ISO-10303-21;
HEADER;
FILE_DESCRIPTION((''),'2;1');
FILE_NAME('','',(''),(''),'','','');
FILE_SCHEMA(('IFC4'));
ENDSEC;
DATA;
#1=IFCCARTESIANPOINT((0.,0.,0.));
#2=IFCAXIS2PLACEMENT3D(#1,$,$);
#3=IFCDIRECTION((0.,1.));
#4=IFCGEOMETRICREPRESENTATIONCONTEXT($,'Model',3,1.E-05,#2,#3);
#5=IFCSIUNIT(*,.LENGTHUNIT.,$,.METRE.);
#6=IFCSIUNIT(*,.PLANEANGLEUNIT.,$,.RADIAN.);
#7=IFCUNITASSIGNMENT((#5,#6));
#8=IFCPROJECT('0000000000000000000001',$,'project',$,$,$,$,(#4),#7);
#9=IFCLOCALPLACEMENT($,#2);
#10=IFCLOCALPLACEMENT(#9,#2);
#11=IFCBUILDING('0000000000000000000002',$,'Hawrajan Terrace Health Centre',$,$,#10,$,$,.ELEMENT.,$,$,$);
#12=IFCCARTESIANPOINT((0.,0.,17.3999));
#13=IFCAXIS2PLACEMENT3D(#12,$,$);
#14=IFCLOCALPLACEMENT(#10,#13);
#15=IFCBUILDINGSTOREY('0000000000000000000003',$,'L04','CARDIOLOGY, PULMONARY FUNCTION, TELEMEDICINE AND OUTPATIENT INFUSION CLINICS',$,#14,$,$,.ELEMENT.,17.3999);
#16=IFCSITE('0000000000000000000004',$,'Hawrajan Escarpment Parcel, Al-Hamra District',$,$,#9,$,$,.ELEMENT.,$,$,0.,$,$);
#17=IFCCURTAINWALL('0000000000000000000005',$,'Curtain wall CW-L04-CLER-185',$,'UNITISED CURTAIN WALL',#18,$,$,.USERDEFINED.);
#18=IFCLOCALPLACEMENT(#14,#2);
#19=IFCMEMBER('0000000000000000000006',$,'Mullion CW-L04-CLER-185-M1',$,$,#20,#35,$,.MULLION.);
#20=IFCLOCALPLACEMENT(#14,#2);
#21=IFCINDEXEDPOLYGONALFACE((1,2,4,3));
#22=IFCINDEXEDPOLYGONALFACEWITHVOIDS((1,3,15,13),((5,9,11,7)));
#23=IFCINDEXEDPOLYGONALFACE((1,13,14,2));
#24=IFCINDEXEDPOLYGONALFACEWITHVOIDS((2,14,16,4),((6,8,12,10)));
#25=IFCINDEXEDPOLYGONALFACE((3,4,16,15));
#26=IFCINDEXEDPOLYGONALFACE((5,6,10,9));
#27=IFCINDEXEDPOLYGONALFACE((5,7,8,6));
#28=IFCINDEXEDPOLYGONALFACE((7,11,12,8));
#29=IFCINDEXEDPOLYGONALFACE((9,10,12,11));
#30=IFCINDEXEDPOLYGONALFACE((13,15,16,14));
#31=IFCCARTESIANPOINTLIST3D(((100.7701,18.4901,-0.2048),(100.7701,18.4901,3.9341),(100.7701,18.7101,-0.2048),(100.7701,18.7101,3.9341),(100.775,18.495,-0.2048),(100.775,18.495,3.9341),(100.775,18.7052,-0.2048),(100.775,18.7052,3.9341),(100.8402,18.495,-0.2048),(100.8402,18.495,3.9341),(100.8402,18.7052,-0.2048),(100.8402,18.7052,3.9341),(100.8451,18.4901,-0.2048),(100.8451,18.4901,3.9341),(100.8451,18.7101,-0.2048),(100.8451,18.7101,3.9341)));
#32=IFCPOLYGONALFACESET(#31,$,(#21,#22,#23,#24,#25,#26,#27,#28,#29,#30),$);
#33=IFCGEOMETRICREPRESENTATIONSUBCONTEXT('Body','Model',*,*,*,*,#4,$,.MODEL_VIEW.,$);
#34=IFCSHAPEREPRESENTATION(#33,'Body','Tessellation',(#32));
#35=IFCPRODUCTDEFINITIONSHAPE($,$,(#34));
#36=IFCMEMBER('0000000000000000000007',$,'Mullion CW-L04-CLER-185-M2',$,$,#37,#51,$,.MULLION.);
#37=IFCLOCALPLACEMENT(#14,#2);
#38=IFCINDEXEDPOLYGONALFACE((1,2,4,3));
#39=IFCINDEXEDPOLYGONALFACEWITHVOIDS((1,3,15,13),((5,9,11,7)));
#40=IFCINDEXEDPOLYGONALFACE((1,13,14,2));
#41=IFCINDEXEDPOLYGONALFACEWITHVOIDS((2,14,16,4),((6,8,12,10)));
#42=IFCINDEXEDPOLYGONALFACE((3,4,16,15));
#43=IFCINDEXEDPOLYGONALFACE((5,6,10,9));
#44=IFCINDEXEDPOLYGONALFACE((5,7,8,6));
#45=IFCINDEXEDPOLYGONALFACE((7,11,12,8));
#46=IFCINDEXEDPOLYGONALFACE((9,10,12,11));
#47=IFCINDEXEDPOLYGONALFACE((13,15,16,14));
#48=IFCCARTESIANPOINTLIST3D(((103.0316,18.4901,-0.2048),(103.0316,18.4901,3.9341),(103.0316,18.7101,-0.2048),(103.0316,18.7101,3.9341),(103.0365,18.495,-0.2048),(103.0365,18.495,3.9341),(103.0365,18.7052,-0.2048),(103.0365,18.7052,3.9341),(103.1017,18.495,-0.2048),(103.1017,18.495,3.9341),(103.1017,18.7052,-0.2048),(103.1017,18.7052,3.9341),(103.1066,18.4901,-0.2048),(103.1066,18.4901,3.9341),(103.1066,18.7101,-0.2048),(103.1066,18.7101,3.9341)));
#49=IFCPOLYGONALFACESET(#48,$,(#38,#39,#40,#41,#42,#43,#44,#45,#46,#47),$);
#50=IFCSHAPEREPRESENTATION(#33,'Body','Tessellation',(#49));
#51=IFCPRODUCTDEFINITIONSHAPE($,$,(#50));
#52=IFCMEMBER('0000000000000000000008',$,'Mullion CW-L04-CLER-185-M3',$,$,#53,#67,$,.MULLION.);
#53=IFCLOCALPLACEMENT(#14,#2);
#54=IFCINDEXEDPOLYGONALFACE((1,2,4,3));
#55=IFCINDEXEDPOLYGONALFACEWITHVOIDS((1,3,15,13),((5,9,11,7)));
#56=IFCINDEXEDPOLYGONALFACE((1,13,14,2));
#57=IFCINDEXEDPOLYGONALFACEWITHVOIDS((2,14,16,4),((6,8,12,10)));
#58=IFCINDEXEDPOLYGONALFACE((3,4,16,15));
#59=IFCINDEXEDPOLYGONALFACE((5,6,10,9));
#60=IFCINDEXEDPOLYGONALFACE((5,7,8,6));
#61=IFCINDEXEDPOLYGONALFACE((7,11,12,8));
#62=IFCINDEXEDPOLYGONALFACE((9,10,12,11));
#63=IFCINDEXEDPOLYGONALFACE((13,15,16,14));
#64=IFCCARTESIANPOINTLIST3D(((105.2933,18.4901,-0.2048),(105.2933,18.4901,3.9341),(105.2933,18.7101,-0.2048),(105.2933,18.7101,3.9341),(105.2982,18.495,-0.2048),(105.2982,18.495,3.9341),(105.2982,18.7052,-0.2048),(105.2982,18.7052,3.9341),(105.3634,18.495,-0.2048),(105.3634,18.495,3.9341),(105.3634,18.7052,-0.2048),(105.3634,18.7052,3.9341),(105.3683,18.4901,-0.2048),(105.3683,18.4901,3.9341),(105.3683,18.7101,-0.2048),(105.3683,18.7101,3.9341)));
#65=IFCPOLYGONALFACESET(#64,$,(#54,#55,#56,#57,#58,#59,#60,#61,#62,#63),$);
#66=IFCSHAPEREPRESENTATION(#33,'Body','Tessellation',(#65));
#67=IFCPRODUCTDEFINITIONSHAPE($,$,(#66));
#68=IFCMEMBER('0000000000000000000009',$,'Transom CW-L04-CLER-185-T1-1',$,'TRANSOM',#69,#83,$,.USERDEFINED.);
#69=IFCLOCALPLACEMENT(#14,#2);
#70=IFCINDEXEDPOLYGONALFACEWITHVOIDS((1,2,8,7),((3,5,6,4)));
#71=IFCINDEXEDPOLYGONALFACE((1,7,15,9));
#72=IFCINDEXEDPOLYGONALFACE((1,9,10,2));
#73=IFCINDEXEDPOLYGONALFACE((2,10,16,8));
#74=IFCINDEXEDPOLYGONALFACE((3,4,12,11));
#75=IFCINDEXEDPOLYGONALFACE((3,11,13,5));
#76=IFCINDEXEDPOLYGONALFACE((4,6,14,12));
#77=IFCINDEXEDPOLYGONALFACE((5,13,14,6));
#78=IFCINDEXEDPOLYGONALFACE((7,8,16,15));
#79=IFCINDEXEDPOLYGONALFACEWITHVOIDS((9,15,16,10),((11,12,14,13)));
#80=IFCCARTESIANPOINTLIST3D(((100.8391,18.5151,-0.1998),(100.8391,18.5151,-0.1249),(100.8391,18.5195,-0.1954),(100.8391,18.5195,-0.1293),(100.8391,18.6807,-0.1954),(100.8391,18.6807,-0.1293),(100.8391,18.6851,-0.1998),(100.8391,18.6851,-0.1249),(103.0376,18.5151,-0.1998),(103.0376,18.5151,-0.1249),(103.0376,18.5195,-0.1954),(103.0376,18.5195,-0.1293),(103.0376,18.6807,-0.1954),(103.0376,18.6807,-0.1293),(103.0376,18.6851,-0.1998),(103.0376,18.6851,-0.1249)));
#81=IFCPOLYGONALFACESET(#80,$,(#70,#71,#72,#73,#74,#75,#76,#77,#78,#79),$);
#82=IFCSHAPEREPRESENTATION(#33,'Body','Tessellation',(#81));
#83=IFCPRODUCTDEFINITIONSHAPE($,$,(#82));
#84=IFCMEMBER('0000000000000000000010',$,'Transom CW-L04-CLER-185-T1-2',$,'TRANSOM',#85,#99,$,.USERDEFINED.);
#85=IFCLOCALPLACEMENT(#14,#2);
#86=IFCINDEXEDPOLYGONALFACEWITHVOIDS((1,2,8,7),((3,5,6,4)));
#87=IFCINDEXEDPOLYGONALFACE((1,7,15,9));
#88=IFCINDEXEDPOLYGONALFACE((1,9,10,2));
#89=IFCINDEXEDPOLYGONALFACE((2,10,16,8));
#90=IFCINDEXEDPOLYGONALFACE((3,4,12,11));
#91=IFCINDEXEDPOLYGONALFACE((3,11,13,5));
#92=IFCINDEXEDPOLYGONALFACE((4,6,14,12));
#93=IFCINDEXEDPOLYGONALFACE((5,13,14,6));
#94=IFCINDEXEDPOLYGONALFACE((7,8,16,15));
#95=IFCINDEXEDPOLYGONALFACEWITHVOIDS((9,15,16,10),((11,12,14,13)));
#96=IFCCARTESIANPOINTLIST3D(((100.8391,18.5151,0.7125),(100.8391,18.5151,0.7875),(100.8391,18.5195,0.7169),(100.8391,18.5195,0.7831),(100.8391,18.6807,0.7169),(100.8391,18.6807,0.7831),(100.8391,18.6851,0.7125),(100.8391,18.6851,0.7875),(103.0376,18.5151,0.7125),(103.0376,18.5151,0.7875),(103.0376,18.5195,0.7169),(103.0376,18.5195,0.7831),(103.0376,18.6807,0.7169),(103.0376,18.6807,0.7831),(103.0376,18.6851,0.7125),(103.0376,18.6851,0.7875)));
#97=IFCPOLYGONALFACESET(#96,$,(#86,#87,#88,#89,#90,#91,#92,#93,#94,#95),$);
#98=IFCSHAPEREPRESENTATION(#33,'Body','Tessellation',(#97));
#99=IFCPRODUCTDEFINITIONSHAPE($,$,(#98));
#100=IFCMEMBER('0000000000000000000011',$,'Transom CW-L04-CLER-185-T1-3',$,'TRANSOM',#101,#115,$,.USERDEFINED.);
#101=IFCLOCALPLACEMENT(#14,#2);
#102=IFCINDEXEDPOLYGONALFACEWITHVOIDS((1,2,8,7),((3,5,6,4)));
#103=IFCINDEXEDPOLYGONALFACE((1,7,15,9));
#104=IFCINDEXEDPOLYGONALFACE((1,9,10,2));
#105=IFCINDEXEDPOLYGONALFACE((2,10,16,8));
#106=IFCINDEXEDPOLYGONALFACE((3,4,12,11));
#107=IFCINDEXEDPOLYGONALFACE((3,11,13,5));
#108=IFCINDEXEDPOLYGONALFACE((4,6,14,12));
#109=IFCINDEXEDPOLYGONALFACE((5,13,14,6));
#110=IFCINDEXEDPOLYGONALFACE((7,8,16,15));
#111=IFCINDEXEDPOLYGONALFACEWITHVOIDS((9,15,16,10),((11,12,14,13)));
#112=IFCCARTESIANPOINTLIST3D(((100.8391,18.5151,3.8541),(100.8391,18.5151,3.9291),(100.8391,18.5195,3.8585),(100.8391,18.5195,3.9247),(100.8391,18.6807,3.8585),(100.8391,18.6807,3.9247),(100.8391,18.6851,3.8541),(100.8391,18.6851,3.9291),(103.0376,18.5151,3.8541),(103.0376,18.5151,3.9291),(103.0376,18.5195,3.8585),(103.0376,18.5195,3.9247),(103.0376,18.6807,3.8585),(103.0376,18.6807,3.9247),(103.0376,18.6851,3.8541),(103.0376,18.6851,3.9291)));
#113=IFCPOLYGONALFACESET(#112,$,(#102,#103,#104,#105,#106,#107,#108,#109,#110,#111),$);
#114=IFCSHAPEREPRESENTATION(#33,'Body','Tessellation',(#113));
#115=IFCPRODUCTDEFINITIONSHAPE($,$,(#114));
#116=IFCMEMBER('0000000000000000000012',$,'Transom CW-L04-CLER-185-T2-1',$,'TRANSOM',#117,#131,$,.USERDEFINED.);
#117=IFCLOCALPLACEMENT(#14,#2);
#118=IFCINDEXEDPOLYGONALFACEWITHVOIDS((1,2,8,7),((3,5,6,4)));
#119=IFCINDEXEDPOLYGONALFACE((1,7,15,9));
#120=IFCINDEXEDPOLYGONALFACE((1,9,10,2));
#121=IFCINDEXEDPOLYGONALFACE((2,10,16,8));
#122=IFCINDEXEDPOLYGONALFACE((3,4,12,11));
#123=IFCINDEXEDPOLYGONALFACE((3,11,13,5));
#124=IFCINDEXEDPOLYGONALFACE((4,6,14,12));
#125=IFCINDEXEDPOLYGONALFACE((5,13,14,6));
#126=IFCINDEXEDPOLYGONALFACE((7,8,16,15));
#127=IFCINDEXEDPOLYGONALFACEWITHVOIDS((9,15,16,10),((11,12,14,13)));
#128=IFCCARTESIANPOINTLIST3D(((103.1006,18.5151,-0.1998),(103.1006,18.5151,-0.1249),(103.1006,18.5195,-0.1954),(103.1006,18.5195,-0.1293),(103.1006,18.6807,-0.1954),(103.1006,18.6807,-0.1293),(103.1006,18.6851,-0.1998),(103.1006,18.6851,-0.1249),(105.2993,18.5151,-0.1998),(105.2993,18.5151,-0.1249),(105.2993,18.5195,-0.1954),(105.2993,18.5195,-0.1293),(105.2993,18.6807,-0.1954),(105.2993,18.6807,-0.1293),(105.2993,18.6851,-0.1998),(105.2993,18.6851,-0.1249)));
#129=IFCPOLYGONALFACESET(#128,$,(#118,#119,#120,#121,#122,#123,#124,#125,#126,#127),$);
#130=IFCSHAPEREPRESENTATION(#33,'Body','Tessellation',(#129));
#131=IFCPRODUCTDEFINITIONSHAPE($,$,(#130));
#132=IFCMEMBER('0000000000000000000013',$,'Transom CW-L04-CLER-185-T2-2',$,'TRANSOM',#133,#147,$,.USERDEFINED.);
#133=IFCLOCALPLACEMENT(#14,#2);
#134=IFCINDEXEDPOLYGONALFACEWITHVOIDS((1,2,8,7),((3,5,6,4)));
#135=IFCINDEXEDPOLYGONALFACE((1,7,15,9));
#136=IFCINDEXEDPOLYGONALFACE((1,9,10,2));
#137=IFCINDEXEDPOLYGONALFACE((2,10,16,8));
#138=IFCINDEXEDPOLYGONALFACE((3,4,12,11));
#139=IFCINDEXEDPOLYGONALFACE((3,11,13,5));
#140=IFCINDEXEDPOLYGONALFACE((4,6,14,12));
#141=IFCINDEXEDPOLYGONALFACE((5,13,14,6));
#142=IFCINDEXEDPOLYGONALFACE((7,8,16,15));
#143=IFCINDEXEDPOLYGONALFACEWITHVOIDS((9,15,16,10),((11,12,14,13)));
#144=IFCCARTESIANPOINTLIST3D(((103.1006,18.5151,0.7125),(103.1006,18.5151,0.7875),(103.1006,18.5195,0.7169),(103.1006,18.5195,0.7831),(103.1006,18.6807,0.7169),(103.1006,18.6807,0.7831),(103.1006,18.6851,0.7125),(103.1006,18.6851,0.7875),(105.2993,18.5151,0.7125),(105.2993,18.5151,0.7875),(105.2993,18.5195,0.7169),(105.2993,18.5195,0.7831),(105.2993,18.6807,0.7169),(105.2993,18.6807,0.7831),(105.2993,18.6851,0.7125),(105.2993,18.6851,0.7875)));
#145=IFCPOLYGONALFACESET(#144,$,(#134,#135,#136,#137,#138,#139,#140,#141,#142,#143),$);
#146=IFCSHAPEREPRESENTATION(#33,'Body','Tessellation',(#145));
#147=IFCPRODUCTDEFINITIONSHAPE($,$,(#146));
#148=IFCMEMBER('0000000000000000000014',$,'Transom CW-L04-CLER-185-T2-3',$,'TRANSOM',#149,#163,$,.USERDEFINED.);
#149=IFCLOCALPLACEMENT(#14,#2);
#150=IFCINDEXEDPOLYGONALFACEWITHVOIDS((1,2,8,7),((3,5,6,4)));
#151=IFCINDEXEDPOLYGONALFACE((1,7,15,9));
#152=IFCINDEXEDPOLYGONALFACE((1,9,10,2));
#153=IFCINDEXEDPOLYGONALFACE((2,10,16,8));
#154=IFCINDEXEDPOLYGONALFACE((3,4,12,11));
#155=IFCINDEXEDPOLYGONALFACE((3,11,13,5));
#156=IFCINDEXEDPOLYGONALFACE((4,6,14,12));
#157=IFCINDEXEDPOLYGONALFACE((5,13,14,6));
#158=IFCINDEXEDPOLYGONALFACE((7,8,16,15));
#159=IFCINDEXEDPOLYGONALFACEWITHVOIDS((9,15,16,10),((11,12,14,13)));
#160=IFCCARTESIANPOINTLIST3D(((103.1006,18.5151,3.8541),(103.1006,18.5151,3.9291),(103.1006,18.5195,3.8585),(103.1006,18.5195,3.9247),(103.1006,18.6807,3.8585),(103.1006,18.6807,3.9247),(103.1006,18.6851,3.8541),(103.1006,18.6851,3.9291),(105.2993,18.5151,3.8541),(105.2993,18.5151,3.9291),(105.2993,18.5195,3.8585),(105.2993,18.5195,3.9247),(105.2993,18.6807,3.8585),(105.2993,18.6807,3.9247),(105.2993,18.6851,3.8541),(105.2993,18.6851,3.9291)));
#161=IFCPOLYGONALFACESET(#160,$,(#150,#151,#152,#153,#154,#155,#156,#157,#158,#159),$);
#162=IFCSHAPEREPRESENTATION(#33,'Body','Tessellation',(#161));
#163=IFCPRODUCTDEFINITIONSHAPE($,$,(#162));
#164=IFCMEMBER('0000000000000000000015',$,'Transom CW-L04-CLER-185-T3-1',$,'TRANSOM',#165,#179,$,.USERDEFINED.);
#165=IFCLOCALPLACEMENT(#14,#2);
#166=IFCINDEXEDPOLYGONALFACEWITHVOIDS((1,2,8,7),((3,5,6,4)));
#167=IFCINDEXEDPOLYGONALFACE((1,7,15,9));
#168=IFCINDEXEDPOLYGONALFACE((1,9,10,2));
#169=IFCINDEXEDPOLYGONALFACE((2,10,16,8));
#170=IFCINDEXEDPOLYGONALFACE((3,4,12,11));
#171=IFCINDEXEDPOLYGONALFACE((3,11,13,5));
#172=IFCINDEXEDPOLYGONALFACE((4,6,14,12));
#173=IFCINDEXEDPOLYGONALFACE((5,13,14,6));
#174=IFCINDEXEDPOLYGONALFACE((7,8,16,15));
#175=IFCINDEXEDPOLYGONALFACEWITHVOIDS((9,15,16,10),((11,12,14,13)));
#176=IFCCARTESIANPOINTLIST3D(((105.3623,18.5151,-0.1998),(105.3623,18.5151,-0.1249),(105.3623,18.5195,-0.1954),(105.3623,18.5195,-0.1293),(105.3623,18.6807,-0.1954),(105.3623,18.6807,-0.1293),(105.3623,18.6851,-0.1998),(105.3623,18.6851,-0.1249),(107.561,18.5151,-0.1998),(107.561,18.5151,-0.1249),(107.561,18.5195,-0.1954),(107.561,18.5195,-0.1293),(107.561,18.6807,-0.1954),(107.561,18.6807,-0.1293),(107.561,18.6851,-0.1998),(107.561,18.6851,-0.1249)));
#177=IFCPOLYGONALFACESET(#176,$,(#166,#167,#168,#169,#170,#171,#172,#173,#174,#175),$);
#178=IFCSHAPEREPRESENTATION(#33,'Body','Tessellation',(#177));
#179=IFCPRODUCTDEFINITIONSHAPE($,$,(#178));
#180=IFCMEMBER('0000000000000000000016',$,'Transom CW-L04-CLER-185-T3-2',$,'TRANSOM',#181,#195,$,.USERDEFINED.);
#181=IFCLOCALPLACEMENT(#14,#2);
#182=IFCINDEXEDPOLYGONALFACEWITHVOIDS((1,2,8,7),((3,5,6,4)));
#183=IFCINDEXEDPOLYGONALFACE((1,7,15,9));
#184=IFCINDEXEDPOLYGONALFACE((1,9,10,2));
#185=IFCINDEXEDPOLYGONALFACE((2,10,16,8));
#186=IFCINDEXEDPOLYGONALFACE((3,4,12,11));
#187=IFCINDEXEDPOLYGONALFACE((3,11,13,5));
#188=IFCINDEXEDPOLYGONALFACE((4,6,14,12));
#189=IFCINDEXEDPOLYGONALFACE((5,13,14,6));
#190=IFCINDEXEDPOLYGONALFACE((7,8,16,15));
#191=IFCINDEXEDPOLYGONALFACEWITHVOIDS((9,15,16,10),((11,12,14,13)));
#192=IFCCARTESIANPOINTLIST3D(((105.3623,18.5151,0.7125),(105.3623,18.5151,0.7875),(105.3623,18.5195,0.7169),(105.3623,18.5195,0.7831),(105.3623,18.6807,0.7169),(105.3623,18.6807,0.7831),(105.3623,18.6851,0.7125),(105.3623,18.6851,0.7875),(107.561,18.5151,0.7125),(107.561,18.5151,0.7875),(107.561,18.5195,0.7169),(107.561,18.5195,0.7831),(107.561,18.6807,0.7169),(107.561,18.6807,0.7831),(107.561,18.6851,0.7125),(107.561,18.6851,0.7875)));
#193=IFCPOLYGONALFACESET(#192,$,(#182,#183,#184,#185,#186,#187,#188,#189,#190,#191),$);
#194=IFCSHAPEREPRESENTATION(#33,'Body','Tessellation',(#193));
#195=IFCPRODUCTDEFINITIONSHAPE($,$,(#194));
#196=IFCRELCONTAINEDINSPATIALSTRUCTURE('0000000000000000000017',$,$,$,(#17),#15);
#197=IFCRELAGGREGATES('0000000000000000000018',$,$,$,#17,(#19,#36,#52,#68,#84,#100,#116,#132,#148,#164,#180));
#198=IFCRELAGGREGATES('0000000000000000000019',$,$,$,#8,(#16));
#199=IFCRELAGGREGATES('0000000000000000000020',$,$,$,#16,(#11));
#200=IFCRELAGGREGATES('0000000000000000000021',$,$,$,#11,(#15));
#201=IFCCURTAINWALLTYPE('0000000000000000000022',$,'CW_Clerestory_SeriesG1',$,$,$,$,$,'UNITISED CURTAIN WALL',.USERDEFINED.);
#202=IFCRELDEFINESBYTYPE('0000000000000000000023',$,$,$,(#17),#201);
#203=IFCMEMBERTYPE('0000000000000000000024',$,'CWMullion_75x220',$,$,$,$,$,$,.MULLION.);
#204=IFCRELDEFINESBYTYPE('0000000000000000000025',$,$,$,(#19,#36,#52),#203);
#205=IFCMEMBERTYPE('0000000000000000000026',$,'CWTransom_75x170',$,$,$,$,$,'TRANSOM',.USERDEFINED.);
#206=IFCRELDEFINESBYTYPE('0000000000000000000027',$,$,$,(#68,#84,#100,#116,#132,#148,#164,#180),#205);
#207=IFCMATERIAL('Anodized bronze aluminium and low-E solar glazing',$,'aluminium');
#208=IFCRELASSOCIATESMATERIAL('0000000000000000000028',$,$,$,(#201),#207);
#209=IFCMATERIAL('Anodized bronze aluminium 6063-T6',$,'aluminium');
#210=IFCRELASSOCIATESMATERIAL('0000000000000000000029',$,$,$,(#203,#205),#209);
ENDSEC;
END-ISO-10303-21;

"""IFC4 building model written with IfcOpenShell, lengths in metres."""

from ifc_helpers import new_model, si_unit, direction, frame, origin, origin_2d, place, context, subcontext, project, spatial, hollow_rectangle, extrude, material, material_profile, profile_set, type_object, element, aggregate, save


model = new_model("IFC4")

# Units and contexts
model_context = context("Model", 3, precision=1e-05, world=origin(), true_north=direction((0.0, 1.0)))
body_context = subcontext(model_context, "Body", "Model", "MODEL_VIEW")
ifc_project = project(units=[si_unit("LENGTHUNIT", "METRE"), si_unit("PLANEANGLEUNIT", "RADIAN")], contexts=[model_context])

# Site, building, storey
site_placement = place(None, origin())
site = spatial("IfcSite", under=ifc_project, at=site_placement, Name="Hawrajan Escarpment Parcel, Al-Hamra District", CompositionType="ELEMENT", RefElevation=0.0)
building_placement = place(site_placement, origin())
building = spatial("IfcBuilding", under=site, at=building_placement, Name="Hawrajan Terrace Health Centre", CompositionType="ELEMENT")
storey_placement = place(building_placement, frame((0.0, 0.0, 17.3999)))
storey = spatial("IfcBuildingStorey", under=building, at=storey_placement, Name="L04", Description="CARDIOLOGY, PULMONARY FUNCTION, TELEMEDICINE AND OUTPATIENT INFUSION CLINICS", CompositionType="ELEMENT", Elevation=17.3999)

# Curtain wall, members
ifc_material_1 = material(Name="Anodized bronze aluminium and low-E solar glazing", Category="aluminium")
curtain_wall_type = type_object("IfcCurtainWallType", Name="CW_Clerestory_SeriesG1", ElementType="UNITISED CURTAIN WALL", PredefinedType="USERDEFINED", material=ifc_material_1)
curtain_wall_placement = place(storey_placement, origin())
curtain_wall = element("IfcCurtainWall", 1, at=curtain_wall_placement, inside=storey, type_object=curtain_wall_type, Name="Curtain wall CW-L04-CLER-185", ObjectType="UNITISED CURTAIN WALL", PredefinedType="USERDEFINED")
ifc_material_2 = material(Name="Anodized bronze aluminium 6063-T6", Category="aluminium")
ifc_material_profile_1 = material_profile(ifc_material_2, hollow_rectangle(XDim=0.075, YDim=0.22, WallThickness=0.0049, at=origin_2d()), Name="CW MUL 75x220")
ifc_profile_set_1 = profile_set([ifc_material_profile_1], Name="Anodized bronze aluminium 6063-T6")
member_type_1 = type_object("IfcMemberType", Name="CWMullion_75x220", PredefinedType="MULLION", material=ifc_profile_set_1)
member_1_placement = place(storey_placement, frame((100.8076, 18.6001, -0.2048), z_axis=(0.0, 0.0, 1.0), x_axis=(1.0, 0.0, 0.0)))
member_1 = element("IfcMember", 2, at=member_1_placement, type_object=member_type_1, Name="Mullion CW-L04-CLER-185-M1", PredefinedType="MULLION", context=body_context, shape_type="SweptSolid", body=[
    extrude(hollow_rectangle(XDim=0.075, YDim=0.22, WallThickness=0.0049, at=origin_2d()), origin(), (0.0, 0.0, 1.0), 4.1389),
])
member_2_placement = place(storey_placement, frame((103.0691, 18.6001, -0.2048), z_axis=(0.0, 0.0, 1.0), x_axis=(1.0, 0.0, 0.0)))
member_2 = element("IfcMember", 3, at=member_2_placement, type_object=member_type_1, Name="Mullion CW-L04-CLER-185-M2", PredefinedType="MULLION", context=body_context, shape_type="SweptSolid", body=[
    extrude(hollow_rectangle(XDim=0.075, YDim=0.22, WallThickness=0.0049, at=origin_2d()), origin(), (0.0, 0.0, 1.0), 4.1389),
])
member_3_placement = place(storey_placement, frame((105.3308, 18.6001, -0.2048), z_axis=(0.0, 0.0, 1.0), x_axis=(1.0, 0.0, 0.0)))
member_3 = element("IfcMember", 4, at=member_3_placement, type_object=member_type_1, Name="Mullion CW-L04-CLER-185-M3", PredefinedType="MULLION", context=body_context, shape_type="SweptSolid", body=[
    extrude(hollow_rectangle(XDim=0.075, YDim=0.22, WallThickness=0.0049, at=origin_2d()), origin(), (0.0, 0.0, 1.0), 4.1389),
])
ifc_material_profile_2 = material_profile(ifc_material_2, hollow_rectangle(XDim=0.075, YDim=0.1699, WallThickness=0.0044, at=origin_2d()), Name="CW TRN 75x170")
ifc_profile_set_2 = profile_set([ifc_material_profile_2], Name="Anodized bronze aluminium 6063-T6")
member_type_2 = type_object("IfcMemberType", Name="CWTransom_75x170", ElementType="TRANSOM", PredefinedType="USERDEFINED", material=ifc_profile_set_2)
member_4_placement = place(storey_placement, frame((100.8391, 18.6001, -0.1624), z_axis=(1.0, 0.0, 0.0), x_axis=(0.0, 0.0, 1.0)))
member_4 = element("IfcMember", 5, at=member_4_placement, type_object=member_type_2, Name="Transom CW-L04-CLER-185-T1-1", ObjectType="TRANSOM", PredefinedType="USERDEFINED", context=body_context, shape_type="SweptSolid", body=[
    extrude(hollow_rectangle(XDim=0.075, YDim=0.1699, WallThickness=0.0044, at=origin_2d()), origin(), (0.0, 0.0, 1.0), 2.1985),
])
member_5_placement = place(storey_placement, frame((100.8391, 18.6001, 0.75), z_axis=(1.0, 0.0, 0.0), x_axis=(0.0, 0.0, 1.0)))
member_5 = element("IfcMember", 6, at=member_5_placement, type_object=member_type_2, Name="Transom CW-L04-CLER-185-T1-2", ObjectType="TRANSOM", PredefinedType="USERDEFINED", context=body_context, shape_type="SweptSolid", body=[
    extrude(hollow_rectangle(XDim=0.075, YDim=0.1699, WallThickness=0.0044, at=origin_2d()), origin(), (0.0, 0.0, 1.0), 2.1985),
])
member_6_placement = place(storey_placement, frame((100.8391, 18.6001, 3.8916), z_axis=(1.0, 0.0, 0.0), x_axis=(0.0, 0.0, 1.0)))
member_6 = element("IfcMember", 7, at=member_6_placement, type_object=member_type_2, Name="Transom CW-L04-CLER-185-T1-3", ObjectType="TRANSOM", PredefinedType="USERDEFINED", context=body_context, shape_type="SweptSolid", body=[
    extrude(hollow_rectangle(XDim=0.075, YDim=0.1699, WallThickness=0.0044, at=origin_2d()), origin(), (0.0, 0.0, 1.0), 2.1985),
])
member_7_placement = place(storey_placement, frame((103.1006, 18.6001, -0.1624), z_axis=(1.0, 0.0, 0.0), x_axis=(0.0, 0.0, 1.0)))
member_7 = element("IfcMember", 8, at=member_7_placement, type_object=member_type_2, Name="Transom CW-L04-CLER-185-T2-1", ObjectType="TRANSOM", PredefinedType="USERDEFINED", context=body_context, shape_type="SweptSolid", body=[
    extrude(hollow_rectangle(XDim=0.075, YDim=0.1699, WallThickness=0.0044, at=origin_2d()), origin(), (0.0, 0.0, 1.0), 2.1987),
])
member_8_placement = place(storey_placement, frame((103.1006, 18.6001, 0.75), z_axis=(1.0, 0.0, 0.0), x_axis=(0.0, 0.0, 1.0)))
member_8 = element("IfcMember", 9, at=member_8_placement, type_object=member_type_2, Name="Transom CW-L04-CLER-185-T2-2", ObjectType="TRANSOM", PredefinedType="USERDEFINED", context=body_context, shape_type="SweptSolid", body=[
    extrude(hollow_rectangle(XDim=0.075, YDim=0.1699, WallThickness=0.0044, at=origin_2d()), origin(), (0.0, 0.0, 1.0), 2.1987),
])
member_9_placement = place(storey_placement, frame((103.1006, 18.6001, 3.8916), z_axis=(1.0, 0.0, 0.0), x_axis=(0.0, 0.0, 1.0)))
member_9 = element("IfcMember", 10, at=member_9_placement, type_object=member_type_2, Name="Transom CW-L04-CLER-185-T2-3", ObjectType="TRANSOM", PredefinedType="USERDEFINED", context=body_context, shape_type="SweptSolid", body=[
    extrude(hollow_rectangle(XDim=0.075, YDim=0.1699, WallThickness=0.0044, at=origin_2d()), origin(), (0.0, 0.0, 1.0), 2.1987),
])
member_10_placement = place(storey_placement, frame((105.3623, 18.6001, -0.1624), z_axis=(1.0, 0.0, 0.0), x_axis=(0.0, 0.0, 1.0)))
member_10 = element("IfcMember", 11, at=member_10_placement, type_object=member_type_2, Name="Transom CW-L04-CLER-185-T3-1", ObjectType="TRANSOM", PredefinedType="USERDEFINED", context=body_context, shape_type="SweptSolid", body=[
    extrude(hollow_rectangle(XDim=0.075, YDim=0.1699, WallThickness=0.0044, at=origin_2d()), origin(), (0.0, 0.0, 1.0), 2.1987),
])
member_11_placement = place(storey_placement, frame((105.3623, 18.6001, 0.75), z_axis=(1.0, 0.0, 0.0), x_axis=(0.0, 0.0, 1.0)))
member_11 = element("IfcMember", 12, at=member_11_placement, type_object=member_type_2, Name="Transom CW-L04-CLER-185-T3-2", ObjectType="TRANSOM", PredefinedType="USERDEFINED", context=body_context, shape_type="SweptSolid", body=[
    extrude(hollow_rectangle(XDim=0.075, YDim=0.1699, WallThickness=0.0044, at=origin_2d()), origin(), (0.0, 0.0, 1.0), 2.1987),
])

aggregate(curtain_wall, [member_1, member_2, member_3, member_4, member_5, member_6, member_7, member_8, member_9, member_10, member_11])

save(model, "model.ifc")
